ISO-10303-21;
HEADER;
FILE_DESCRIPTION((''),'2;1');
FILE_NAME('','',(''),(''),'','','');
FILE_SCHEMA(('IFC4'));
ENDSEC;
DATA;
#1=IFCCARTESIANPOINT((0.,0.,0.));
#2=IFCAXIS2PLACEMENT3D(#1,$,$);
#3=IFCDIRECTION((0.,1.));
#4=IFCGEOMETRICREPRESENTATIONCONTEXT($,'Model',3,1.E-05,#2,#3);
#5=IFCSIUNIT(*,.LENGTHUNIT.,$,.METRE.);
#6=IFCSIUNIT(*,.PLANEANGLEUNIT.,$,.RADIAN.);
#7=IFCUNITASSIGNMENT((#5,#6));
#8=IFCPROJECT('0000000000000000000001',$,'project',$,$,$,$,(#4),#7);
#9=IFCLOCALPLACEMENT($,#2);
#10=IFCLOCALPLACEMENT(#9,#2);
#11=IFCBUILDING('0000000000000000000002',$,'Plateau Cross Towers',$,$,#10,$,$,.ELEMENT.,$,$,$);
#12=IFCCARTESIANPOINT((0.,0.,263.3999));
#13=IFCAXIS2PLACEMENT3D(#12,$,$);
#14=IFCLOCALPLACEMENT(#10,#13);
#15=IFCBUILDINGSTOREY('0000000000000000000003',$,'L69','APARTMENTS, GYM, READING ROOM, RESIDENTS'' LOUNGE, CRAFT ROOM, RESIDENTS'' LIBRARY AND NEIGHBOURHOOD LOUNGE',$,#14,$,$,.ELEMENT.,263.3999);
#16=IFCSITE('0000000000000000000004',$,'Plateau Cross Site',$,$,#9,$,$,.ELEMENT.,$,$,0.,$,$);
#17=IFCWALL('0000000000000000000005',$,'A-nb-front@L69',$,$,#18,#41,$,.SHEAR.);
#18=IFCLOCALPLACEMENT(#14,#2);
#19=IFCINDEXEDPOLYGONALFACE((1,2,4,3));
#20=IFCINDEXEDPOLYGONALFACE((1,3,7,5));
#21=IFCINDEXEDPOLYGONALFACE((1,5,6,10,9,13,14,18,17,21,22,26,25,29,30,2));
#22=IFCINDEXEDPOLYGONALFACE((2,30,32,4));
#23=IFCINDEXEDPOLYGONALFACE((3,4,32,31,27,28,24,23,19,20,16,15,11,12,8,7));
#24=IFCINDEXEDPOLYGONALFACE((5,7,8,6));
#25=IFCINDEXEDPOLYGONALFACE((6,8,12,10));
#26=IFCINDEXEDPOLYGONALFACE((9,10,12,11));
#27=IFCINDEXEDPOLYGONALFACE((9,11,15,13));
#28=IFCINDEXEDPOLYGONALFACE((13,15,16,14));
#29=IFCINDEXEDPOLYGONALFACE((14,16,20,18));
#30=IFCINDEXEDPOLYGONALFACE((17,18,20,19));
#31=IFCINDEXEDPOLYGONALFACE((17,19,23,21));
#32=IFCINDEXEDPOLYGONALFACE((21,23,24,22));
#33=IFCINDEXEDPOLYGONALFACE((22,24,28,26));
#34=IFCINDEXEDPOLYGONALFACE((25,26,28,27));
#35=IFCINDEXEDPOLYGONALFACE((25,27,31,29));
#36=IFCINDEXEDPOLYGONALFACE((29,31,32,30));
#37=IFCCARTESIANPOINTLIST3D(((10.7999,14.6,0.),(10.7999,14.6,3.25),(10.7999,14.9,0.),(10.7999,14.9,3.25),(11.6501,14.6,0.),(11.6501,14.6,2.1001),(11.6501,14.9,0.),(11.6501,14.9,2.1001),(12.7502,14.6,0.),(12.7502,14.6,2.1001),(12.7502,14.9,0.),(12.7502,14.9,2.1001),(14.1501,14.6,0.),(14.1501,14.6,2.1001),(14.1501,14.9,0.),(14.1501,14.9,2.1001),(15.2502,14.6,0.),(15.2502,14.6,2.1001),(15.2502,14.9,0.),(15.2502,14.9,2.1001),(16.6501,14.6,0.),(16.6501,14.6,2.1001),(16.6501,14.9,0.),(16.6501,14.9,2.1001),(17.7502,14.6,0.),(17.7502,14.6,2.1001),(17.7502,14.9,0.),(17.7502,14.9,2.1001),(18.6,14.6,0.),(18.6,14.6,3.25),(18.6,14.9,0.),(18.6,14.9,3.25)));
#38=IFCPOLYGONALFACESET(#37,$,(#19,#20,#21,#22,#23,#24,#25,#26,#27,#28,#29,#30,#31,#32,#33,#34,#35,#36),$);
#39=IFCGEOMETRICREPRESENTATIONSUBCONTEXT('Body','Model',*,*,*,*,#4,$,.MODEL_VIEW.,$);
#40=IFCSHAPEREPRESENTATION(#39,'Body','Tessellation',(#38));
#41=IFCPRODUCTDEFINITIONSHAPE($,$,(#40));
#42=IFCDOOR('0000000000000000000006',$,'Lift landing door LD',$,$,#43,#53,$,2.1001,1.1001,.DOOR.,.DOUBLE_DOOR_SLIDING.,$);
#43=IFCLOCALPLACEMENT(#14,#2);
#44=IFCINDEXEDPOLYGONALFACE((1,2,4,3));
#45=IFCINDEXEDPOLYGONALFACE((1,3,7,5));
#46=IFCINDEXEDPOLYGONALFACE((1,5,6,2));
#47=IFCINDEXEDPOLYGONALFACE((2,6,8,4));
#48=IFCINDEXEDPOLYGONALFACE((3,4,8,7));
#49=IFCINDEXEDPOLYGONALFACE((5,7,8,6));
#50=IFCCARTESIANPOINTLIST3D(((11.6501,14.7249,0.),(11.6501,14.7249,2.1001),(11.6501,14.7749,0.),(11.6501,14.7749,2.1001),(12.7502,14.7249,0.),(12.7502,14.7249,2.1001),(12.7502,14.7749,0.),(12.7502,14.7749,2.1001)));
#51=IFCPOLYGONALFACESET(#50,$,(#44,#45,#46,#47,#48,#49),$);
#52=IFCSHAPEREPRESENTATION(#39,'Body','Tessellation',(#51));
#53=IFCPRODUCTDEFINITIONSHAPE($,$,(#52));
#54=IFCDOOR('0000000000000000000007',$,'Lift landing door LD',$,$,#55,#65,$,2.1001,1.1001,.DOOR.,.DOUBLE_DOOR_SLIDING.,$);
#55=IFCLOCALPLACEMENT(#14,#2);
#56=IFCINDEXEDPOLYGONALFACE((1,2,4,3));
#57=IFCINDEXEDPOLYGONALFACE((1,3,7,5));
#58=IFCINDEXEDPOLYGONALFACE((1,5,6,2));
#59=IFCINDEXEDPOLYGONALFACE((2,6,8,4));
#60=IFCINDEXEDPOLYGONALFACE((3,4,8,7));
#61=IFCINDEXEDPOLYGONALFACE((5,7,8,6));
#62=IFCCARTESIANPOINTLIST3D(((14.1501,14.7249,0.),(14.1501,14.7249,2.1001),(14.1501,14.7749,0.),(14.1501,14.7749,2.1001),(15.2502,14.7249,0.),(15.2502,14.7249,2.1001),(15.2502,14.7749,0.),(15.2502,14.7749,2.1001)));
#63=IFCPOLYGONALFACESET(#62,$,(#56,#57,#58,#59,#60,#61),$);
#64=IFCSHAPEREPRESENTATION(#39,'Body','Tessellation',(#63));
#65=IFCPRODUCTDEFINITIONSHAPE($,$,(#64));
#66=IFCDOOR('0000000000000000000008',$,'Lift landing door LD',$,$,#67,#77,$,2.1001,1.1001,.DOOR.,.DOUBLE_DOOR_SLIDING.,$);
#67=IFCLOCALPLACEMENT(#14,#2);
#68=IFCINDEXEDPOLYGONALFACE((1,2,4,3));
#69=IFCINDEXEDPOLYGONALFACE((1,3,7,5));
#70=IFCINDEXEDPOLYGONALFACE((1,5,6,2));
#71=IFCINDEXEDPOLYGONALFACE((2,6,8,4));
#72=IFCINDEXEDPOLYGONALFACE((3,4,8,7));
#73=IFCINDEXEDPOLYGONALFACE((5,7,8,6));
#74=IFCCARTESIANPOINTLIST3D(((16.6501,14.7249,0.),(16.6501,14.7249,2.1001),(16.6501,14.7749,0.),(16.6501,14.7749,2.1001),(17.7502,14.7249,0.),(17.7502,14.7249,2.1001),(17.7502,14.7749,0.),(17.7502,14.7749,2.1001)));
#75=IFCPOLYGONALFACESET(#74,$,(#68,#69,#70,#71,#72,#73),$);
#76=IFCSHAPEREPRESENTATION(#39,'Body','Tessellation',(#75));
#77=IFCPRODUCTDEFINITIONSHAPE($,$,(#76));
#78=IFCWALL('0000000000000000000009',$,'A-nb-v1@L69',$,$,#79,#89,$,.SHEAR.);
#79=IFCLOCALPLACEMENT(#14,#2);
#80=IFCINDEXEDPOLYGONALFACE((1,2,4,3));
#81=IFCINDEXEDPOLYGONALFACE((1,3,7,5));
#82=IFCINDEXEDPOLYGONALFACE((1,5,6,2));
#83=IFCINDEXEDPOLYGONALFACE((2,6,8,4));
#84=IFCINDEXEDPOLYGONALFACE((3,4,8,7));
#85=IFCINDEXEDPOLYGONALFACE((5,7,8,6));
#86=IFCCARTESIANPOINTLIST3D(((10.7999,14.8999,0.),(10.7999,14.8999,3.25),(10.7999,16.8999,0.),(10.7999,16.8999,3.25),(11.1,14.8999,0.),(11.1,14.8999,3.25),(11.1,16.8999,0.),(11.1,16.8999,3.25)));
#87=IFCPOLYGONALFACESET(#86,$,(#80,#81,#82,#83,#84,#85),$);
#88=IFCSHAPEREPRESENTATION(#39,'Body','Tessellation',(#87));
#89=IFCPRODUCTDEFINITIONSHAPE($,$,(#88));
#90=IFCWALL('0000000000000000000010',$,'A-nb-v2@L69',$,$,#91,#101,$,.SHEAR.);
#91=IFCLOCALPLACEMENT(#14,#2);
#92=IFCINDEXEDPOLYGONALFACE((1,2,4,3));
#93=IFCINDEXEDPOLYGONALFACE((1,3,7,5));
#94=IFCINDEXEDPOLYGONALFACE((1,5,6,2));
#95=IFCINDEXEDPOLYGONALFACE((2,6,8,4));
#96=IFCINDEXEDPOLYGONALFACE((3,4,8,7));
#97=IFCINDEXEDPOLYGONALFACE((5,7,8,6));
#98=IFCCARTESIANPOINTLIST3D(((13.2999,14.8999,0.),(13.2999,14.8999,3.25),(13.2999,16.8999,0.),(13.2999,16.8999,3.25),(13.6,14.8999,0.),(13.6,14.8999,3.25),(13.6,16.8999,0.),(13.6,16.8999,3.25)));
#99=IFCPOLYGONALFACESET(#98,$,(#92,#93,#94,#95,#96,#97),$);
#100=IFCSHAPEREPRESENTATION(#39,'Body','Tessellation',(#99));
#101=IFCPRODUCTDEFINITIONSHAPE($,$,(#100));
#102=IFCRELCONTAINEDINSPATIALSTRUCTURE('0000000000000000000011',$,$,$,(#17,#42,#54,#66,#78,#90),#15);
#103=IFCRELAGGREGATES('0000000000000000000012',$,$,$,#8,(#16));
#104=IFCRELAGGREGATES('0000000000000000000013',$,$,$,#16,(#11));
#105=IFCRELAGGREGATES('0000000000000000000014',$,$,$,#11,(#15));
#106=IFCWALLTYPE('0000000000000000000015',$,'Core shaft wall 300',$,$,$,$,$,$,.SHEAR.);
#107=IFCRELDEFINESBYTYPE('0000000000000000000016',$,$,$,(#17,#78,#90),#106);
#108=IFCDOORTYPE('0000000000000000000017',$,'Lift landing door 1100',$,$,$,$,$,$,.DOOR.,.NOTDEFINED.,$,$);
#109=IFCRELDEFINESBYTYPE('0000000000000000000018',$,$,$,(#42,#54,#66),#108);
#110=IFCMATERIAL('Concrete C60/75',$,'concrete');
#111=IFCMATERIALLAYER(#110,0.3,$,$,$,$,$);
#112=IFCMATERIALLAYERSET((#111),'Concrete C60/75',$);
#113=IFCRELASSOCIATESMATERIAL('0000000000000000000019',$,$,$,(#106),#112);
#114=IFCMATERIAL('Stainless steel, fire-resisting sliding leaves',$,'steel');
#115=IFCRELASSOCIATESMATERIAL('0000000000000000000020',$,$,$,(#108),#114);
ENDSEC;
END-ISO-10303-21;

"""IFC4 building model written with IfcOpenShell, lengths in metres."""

from ifc_helpers import new_model, si_unit, direction, frame, frame_2d, origin, place, context, subcontext, project, spatial, rectangle, extrude, material, layer, layer_set, type_object, element, fill, save


model = new_model("IFC4")

# Units and contexts
model_context = context("Model", 3, precision=1e-05, world=origin(), true_north=direction((0.0, 1.0)))
body_context = subcontext(model_context, "Body", "Model", "MODEL_VIEW")
ifc_project = project(units=[si_unit("LENGTHUNIT", "METRE"), si_unit("PLANEANGLEUNIT", "RADIAN")], contexts=[model_context])

# Site, building, storey
site_placement = place(None, origin())
site = spatial("IfcSite", under=ifc_project, at=site_placement, Name="Plateau Cross Site", CompositionType="ELEMENT", RefElevation=0.0)
building_placement = place(site_placement, origin())
building = spatial("IfcBuilding", under=site, at=building_placement, Name="Plateau Cross Towers", CompositionType="ELEMENT")
storey_placement = place(building_placement, frame((0.0, 0.0, 263.3999)))
storey = spatial("IfcBuildingStorey", under=building, at=storey_placement, Name="L69", Description="APARTMENTS, GYM, READING ROOM, RESIDENTS' LOUNGE, CRAFT ROOM, RESIDENTS' LIBRARY AND NEIGHBOURHOOD LOUNGE", CompositionType="ELEMENT", Elevation=263.3999)

# Shared definitions
ifc_material_1 = material(Name="Concrete C60/75", Category="concrete")
ifc_layer_1 = layer(ifc_material_1, 0.3)
ifc_layer_set_1 = layer_set([ifc_layer_1], Name="Concrete C60/75")
wall_type_1 = type_object("IfcWallType", Name="Core shaft wall 300", PredefinedType="SHEAR", material=ifc_layer_set_1)

# Wall, openings, doors
wall_1_placement = place(storey_placement, frame((10.8, 14.75, 0.0), z_axis=(0.0, 0.0, 1.0), x_axis=(1.0, 0.0, 0.0)))
wall_1 = element("IfcWall", 1, at=wall_1_placement, inside=storey, type_object=wall_type_1, Name="A-nb-front@L69", PredefinedType="SHEAR", context=body_context, shape_type="SweptSolid", body=[
    extrude(rectangle(XDim=7.8, YDim=0.3, at=frame_2d((3.8999, 0.0))), origin(), (0.0, 0.0, 1.0), 3.25),
])
opening_1_placement = place(wall_1_placement, frame((0.8501, 0.0, 0.0)))
opening_1 = element("IfcOpeningElement", 2, at=opening_1_placement, cuts=wall_1, PredefinedType="OPENING", context=body_context, shape_type="SweptSolid", body=[
    extrude(rectangle(XDim=1.1001, YDim=2.1001, at=frame_2d((0.55, 1.05))), frame((0.0, 0.1599, 0.0), z_axis=(0.0, -1.0, 0.0), x_axis=(1.0, 0.0, 0.0)), (0.0, 0.0, 1.0), 0.3201),
])
opening_2_placement = place(wall_1_placement, frame((3.3501, 0.0, 0.0)))
opening_2 = element("IfcOpeningElement", 3, at=opening_2_placement, cuts=wall_1, PredefinedType="OPENING", context=body_context, shape_type="SweptSolid", body=[
    extrude(rectangle(XDim=1.1001, YDim=2.1001, at=frame_2d((0.55, 1.05))), frame((0.0, 0.1599, 0.0), z_axis=(0.0, -1.0, 0.0), x_axis=(1.0, 0.0, 0.0)), (0.0, 0.0, 1.0), 0.3201),
])
opening_3_placement = place(wall_1_placement, frame((5.8501, 0.0, 0.0)))
opening_3 = element("IfcOpeningElement", 4, at=opening_3_placement, cuts=wall_1, PredefinedType="OPENING", context=body_context, shape_type="SweptSolid", body=[
    extrude(rectangle(XDim=1.1001, YDim=2.1001, at=frame_2d((0.55, 1.05))), frame((0.0, 0.1599, 0.0), z_axis=(0.0, -1.0, 0.0), x_axis=(1.0, 0.0, 0.0)), (0.0, 0.0, 1.0), 0.3201),
])
ifc_material_2 = material(Name="Stainless steel, fire-resisting sliding leaves", Category="steel")
door_type_1 = type_object("IfcDoorType", Name="Lift landing door 1100", OperationType="NOTDEFINED", PredefinedType="DOOR", material=ifc_material_2)
door_1_placement = place(opening_1_placement, origin())
door_1 = element("IfcDoor", 5, at=door_1_placement, inside=storey, type_object=door_type_1, Name="Lift landing door LD", OperationType="DOUBLE_DOOR_SLIDING", OverallHeight=2.1001, OverallWidth=1.1001, PredefinedType="DOOR", context=body_context, shape_type="SweptSolid", body=[
    extrude(rectangle(XDim=1.1001, YDim=2.1001, at=frame_2d((0.55, 1.05))), frame((0.0, 0.0249, 0.0), z_axis=(0.0, -1.0, 0.0), x_axis=(1.0, 0.0, 0.0)), (0.0, 0.0, 1.0), 0.05),
])
fill(opening_1, door_1)
door_2_placement = place(opening_2_placement, origin())
door_2 = element("IfcDoor", 6, at=door_2_placement, inside=storey, type_object=door_type_1, Name="Lift landing door LD", OperationType="DOUBLE_DOOR_SLIDING", OverallHeight=2.1001, OverallWidth=1.1001, PredefinedType="DOOR", context=body_context, shape_type="SweptSolid", body=[
    extrude(rectangle(XDim=1.1001, YDim=2.1001, at=frame_2d((0.55, 1.05))), frame((0.0, 0.0249, 0.0), z_axis=(0.0, -1.0, 0.0), x_axis=(1.0, 0.0, 0.0)), (0.0, 0.0, 1.0), 0.05),
])
fill(opening_2, door_2)
door_3_placement = place(opening_3_placement, origin())
door_3 = element("IfcDoor", 7, at=door_3_placement, inside=storey, type_object=door_type_1, Name="Lift landing door LD", OperationType="DOUBLE_DOOR_SLIDING", OverallHeight=2.1001, OverallWidth=1.1001, PredefinedType="DOOR", context=body_context, shape_type="SweptSolid", body=[
    extrude(rectangle(XDim=1.1001, YDim=2.1001, at=frame_2d((0.55, 1.05))), frame((0.0, 0.0249, 0.0), z_axis=(0.0, -1.0, 0.0), x_axis=(1.0, 0.0, 0.0)), (0.0, 0.0, 1.0), 0.05),
])
fill(opening_3, door_3)

# Walls
for number, where, z_axis, x_axis, name in (
    (8, (10.95, 14.8999, 0.0), (0.0, 0.0, 1.0), (0.0, 1.0, 0.0), "A-nb-v1@L69"),
    (9, (13.45, 14.8999, 0.0), (0.0, 0.0, 1.0), (0.0, 1.0, 0.0), "A-nb-v2@L69"),
):
    element("IfcWall", number, at=place(storey_placement, frame(where, z_axis=z_axis, x_axis=x_axis)), inside=storey, type_object=wall_type_1, Name=name, PredefinedType="SHEAR", context=body_context, shape_type="SweptSolid", body=[
        extrude(rectangle(XDim=2.0, YDim=0.3, at=frame_2d((1.0, 0.0))), origin(), (0.0, 0.0, 1.0), 3.25),
    ])

save(model, "model.ifc")
